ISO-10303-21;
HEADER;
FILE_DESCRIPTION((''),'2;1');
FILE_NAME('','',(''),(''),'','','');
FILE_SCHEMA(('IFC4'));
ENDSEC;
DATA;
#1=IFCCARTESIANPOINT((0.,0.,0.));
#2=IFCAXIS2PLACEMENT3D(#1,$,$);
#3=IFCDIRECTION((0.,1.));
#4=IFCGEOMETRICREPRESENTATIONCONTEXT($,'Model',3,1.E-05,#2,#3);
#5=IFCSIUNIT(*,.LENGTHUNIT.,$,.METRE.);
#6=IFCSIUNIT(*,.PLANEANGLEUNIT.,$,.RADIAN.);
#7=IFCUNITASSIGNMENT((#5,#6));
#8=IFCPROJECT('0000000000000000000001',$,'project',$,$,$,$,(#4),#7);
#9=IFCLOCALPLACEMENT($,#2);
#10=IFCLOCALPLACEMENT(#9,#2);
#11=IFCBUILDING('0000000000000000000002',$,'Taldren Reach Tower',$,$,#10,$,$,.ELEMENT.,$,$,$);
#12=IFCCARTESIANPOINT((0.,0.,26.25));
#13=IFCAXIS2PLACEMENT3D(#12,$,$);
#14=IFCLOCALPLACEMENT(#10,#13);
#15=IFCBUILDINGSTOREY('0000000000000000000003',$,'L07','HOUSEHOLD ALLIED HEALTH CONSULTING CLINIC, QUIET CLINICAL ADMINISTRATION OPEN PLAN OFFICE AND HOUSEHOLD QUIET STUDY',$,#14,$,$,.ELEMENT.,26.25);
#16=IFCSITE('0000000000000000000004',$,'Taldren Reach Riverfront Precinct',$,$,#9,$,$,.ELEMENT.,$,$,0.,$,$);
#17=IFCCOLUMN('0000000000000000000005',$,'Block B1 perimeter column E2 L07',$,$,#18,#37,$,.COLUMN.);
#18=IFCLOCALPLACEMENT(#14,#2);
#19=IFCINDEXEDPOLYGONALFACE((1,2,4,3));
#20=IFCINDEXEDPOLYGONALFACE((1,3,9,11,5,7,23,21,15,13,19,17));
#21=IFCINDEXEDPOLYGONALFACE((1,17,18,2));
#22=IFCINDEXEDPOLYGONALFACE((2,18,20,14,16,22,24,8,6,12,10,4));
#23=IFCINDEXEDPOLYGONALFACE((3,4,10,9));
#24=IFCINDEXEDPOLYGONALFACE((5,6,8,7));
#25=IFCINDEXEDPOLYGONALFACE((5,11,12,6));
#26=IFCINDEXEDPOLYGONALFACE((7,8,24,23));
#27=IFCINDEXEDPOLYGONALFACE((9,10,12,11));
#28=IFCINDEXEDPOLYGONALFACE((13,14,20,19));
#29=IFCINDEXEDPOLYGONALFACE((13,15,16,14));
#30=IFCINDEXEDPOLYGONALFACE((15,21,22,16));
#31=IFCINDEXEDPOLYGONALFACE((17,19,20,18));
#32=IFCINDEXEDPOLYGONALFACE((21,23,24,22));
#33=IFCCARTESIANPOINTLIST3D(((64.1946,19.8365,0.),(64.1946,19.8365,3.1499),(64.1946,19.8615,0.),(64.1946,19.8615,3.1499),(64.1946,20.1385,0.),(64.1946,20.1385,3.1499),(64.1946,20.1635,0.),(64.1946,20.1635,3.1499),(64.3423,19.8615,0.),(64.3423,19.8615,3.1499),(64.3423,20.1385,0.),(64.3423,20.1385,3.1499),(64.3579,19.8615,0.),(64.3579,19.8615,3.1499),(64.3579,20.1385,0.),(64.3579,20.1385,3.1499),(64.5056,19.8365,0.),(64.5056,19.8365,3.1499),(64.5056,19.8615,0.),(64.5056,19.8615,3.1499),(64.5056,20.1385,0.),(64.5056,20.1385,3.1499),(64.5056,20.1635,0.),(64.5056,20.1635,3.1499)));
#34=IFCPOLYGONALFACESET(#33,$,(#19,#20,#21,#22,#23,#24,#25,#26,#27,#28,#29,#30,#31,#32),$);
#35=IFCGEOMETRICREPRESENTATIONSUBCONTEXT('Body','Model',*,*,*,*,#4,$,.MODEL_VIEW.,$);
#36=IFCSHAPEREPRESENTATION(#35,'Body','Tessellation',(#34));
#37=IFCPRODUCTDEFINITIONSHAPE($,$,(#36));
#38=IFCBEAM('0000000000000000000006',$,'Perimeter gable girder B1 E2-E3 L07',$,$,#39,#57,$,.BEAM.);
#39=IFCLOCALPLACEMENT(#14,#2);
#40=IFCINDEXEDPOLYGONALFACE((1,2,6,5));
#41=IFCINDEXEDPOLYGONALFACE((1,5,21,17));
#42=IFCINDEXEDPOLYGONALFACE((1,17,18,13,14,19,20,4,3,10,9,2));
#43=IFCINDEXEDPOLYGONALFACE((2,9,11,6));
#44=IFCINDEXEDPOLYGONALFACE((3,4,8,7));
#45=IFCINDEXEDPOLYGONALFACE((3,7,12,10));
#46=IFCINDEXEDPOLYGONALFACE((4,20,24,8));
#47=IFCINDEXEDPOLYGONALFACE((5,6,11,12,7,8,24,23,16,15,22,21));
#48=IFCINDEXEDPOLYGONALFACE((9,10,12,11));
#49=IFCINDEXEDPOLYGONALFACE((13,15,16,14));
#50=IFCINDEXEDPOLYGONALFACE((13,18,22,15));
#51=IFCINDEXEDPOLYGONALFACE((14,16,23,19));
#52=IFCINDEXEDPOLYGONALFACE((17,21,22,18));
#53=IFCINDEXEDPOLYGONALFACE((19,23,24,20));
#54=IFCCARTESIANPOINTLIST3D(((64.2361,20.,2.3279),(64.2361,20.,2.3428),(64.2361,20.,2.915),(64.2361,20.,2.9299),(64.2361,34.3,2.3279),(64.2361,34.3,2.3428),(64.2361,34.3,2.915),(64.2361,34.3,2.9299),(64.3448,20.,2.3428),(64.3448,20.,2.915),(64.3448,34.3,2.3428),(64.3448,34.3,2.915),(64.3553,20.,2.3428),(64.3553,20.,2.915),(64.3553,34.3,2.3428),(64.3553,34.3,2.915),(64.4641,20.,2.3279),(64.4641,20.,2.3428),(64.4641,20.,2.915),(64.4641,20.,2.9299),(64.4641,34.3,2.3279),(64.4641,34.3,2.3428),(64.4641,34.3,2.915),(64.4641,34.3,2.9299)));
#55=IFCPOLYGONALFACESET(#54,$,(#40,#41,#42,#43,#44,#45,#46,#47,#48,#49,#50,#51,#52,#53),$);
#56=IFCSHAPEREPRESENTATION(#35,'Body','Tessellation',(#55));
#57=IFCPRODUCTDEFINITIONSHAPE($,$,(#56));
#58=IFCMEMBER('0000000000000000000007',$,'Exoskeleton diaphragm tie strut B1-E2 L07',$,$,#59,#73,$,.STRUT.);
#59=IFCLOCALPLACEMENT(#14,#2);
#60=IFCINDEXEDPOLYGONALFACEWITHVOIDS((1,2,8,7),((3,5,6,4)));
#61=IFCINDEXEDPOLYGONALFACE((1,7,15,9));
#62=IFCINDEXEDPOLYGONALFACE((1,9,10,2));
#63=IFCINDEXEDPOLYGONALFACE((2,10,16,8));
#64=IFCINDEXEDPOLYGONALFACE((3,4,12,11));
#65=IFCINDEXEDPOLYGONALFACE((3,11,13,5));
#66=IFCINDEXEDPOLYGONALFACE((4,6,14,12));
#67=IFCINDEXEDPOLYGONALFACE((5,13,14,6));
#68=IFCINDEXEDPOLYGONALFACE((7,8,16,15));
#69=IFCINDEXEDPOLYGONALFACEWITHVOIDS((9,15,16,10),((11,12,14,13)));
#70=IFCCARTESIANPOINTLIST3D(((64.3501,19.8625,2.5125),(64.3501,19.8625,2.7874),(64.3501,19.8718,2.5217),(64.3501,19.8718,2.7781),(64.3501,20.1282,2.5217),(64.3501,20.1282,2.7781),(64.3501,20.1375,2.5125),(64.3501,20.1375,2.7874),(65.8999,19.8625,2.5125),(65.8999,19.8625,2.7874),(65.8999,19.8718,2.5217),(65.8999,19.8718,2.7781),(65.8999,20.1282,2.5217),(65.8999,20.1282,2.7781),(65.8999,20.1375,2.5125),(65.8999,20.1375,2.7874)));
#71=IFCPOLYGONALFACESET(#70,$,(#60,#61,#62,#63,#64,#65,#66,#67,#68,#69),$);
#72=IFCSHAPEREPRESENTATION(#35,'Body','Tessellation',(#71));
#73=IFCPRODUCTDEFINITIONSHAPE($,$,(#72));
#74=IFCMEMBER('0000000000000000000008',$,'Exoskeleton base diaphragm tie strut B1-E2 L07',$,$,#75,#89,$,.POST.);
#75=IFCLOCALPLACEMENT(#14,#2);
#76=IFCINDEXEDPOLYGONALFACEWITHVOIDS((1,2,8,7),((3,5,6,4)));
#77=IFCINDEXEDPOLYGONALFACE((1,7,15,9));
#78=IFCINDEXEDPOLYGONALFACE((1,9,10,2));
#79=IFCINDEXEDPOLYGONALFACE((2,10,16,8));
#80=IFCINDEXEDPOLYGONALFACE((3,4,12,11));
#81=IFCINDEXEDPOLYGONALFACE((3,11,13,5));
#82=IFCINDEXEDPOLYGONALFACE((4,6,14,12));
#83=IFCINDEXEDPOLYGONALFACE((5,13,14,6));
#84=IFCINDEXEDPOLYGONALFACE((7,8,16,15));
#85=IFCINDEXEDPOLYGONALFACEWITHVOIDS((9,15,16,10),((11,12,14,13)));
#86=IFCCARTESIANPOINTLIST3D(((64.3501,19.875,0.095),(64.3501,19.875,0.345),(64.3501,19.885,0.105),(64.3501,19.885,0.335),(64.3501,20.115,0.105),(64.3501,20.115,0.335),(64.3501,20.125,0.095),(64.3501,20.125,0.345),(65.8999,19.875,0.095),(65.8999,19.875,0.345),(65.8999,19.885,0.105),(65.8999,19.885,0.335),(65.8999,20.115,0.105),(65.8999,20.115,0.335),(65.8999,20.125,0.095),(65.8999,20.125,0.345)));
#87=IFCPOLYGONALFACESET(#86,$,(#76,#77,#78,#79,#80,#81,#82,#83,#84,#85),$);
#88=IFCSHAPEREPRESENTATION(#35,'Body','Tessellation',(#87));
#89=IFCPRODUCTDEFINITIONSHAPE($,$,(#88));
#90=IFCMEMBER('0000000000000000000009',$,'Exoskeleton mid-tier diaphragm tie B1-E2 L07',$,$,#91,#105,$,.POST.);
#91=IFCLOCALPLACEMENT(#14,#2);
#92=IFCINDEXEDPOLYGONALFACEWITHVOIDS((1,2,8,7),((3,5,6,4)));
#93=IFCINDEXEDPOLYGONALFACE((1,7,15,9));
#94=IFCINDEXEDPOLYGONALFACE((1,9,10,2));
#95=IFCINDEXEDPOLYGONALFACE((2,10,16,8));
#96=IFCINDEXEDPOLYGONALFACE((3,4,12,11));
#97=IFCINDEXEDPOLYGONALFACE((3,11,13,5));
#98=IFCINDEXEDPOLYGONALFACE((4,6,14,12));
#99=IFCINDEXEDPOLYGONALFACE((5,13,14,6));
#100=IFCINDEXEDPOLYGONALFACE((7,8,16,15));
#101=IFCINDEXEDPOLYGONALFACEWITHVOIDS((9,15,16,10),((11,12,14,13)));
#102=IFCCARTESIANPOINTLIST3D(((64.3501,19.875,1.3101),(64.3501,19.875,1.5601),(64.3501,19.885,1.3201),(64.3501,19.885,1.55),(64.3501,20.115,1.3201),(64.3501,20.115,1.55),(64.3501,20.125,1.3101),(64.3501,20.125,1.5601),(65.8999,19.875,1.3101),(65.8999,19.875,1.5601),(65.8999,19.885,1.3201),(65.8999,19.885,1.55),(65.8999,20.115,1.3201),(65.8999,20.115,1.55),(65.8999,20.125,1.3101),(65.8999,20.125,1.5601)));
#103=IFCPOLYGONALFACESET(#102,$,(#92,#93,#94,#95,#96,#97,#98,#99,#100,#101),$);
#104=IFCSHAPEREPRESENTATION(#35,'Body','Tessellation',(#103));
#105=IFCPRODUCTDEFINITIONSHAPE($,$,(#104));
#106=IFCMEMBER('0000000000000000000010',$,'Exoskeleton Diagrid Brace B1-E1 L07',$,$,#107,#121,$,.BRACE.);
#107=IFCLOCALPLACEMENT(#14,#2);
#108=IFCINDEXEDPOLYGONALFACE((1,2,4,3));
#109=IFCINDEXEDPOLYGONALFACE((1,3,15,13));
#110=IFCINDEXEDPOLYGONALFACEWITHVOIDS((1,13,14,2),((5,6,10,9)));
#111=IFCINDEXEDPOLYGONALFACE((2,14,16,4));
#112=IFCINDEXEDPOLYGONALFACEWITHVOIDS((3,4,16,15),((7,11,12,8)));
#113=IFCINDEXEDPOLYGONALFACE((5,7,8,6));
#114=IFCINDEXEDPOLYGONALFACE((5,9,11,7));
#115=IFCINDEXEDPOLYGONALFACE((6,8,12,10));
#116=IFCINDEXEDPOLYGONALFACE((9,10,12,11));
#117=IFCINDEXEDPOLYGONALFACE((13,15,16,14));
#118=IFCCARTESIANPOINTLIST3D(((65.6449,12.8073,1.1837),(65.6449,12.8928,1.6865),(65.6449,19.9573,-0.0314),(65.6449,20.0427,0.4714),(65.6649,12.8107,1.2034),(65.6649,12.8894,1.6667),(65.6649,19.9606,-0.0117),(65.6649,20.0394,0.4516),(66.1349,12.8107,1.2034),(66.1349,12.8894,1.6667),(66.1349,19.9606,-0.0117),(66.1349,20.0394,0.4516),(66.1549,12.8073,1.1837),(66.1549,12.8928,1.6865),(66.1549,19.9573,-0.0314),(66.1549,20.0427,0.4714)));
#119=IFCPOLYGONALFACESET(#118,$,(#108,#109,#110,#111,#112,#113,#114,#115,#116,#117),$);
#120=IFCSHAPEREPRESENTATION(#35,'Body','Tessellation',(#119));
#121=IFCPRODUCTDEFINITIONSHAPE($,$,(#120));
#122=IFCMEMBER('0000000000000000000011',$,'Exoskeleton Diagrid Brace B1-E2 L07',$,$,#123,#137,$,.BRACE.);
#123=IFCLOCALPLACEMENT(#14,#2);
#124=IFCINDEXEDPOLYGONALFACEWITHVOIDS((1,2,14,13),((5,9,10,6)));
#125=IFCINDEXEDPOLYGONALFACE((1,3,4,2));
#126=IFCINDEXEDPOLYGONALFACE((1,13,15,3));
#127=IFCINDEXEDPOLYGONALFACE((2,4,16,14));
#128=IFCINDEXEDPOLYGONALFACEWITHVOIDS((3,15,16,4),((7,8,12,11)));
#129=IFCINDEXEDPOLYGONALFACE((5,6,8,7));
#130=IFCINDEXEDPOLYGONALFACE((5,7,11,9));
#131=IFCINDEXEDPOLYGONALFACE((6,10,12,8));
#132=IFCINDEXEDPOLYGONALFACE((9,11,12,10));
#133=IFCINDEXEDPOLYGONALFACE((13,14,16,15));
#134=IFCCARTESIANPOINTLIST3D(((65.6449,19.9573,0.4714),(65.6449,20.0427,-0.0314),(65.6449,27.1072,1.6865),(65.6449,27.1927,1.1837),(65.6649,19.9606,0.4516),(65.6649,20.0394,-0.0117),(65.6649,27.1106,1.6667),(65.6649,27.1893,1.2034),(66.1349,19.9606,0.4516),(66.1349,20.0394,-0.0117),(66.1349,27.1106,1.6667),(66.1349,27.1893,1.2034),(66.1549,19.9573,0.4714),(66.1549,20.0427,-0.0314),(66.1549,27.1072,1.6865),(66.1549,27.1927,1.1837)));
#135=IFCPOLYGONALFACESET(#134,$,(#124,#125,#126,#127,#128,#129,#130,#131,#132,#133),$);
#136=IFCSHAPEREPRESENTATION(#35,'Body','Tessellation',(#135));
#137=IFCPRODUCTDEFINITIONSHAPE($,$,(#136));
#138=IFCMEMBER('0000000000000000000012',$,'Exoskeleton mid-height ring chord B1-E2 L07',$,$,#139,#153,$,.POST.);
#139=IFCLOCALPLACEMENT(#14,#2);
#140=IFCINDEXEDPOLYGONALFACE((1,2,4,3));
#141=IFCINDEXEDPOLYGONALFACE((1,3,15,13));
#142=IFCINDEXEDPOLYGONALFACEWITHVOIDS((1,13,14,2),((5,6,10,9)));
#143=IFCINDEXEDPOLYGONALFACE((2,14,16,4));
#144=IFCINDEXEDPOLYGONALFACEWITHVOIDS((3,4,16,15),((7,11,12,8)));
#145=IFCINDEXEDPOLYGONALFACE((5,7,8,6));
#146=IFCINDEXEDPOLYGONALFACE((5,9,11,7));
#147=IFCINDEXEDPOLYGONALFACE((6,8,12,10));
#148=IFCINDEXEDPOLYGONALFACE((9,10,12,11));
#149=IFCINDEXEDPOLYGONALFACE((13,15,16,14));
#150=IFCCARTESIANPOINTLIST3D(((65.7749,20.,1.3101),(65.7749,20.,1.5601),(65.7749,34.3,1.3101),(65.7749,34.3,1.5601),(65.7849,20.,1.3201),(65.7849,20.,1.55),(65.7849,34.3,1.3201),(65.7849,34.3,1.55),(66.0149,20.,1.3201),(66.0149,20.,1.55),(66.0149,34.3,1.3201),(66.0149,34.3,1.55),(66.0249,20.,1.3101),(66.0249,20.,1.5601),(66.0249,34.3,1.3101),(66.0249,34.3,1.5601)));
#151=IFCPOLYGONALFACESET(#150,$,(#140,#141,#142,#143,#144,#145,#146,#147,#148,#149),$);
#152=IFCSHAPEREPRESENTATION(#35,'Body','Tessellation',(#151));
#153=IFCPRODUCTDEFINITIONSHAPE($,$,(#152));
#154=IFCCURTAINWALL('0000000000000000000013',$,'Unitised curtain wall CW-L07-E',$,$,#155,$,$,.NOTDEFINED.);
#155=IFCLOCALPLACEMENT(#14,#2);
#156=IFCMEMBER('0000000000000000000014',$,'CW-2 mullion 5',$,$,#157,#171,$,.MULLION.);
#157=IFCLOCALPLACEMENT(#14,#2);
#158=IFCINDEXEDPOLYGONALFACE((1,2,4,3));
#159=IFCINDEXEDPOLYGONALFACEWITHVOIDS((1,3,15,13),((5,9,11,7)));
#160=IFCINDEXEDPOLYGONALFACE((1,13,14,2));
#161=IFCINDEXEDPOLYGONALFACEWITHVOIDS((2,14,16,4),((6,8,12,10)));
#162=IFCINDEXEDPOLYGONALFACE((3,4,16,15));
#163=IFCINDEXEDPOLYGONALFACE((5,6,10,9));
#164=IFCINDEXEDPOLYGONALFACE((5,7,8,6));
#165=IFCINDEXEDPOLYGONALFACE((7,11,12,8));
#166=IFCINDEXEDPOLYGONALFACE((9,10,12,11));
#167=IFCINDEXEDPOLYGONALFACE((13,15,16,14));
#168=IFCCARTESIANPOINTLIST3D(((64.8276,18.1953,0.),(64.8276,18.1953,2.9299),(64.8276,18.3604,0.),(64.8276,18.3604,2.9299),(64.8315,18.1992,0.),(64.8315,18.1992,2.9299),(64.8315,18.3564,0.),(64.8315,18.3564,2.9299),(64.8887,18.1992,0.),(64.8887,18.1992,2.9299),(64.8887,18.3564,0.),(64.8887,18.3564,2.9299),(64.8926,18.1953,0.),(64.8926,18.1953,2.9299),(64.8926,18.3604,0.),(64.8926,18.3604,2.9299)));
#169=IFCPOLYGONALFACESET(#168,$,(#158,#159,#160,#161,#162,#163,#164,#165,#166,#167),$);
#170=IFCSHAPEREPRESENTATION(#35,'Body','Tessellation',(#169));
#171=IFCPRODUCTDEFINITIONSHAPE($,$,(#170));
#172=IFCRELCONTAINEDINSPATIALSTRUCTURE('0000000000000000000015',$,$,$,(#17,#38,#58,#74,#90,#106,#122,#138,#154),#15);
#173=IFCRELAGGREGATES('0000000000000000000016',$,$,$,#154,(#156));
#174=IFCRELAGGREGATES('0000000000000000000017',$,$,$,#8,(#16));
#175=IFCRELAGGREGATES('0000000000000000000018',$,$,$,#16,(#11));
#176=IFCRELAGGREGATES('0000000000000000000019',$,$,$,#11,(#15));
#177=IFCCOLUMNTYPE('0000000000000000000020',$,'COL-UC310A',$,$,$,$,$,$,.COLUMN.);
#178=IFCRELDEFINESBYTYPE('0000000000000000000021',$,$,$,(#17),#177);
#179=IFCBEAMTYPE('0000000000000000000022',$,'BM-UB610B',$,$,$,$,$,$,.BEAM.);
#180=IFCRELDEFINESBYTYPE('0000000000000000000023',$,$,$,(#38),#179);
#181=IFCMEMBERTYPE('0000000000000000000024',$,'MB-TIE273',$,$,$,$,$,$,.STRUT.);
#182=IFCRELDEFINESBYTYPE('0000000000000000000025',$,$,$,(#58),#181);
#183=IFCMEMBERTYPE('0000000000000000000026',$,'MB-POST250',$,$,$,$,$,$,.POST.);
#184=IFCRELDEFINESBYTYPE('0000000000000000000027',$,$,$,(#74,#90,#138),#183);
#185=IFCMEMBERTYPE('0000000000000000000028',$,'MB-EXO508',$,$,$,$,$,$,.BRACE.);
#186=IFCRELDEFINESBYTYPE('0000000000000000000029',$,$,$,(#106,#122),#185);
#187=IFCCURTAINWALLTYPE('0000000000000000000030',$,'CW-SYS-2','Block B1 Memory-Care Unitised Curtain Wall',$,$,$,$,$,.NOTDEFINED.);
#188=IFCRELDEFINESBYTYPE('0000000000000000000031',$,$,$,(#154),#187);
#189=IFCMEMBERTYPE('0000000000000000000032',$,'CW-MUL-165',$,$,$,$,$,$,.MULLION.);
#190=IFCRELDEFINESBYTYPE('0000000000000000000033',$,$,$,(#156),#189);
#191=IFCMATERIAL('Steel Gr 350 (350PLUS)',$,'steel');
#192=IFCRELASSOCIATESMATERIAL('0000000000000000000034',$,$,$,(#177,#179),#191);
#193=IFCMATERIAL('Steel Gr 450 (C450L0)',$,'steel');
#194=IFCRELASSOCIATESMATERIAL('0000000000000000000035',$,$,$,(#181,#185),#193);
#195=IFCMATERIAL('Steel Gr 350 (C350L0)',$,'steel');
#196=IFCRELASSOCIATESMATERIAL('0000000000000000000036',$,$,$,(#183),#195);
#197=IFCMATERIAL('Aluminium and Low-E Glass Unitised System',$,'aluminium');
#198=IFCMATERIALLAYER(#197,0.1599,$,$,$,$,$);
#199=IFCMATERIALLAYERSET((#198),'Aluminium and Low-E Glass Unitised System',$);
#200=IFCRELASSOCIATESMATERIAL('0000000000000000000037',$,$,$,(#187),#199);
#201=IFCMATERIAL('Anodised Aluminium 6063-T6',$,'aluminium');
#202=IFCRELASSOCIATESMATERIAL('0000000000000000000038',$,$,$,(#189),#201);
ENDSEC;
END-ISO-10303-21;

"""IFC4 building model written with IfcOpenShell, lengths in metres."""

from ifc_helpers import new_model, si_unit, direction, frame, origin, origin_2d, place, context, subcontext, project, spatial, hollow_rectangle, i_section, extrude, source, transform, mapped, material, layer, layer_set, material_profile, profile_set, type_object, element, aggregate, save


model = new_model("IFC4")

# Units and contexts
model_context = context("Model", 3, precision=1e-05, world=origin(), true_north=direction((0.0, 1.0)))
body_context = subcontext(model_context, "Body", "Model", "MODEL_VIEW")
ifc_project = project(units=[si_unit("LENGTHUNIT", "METRE"), si_unit("PLANEANGLEUNIT", "RADIAN")], contexts=[model_context])

# Site, building, storey
site_placement = place(None, origin())
site = spatial("IfcSite", under=ifc_project, at=site_placement, Name="Taldren Reach Riverfront Precinct", CompositionType="ELEMENT", RefElevation=0.0)
building_placement = place(site_placement, origin())
building = spatial("IfcBuilding", under=site, at=building_placement, Name="Taldren Reach Tower", CompositionType="ELEMENT")
storey_placement = place(building_placement, frame((0.0, 0.0, 26.25)))
storey = spatial("IfcBuildingStorey", under=building, at=storey_placement, Name="L07", Description="HOUSEHOLD ALLIED HEALTH CONSULTING CLINIC, QUIET CLINICAL ADMINISTRATION OPEN PLAN OFFICE AND HOUSEHOLD QUIET STUDY", CompositionType="ELEMENT", Elevation=26.25)

# Column
ifc_material_1 = material(Name="Steel Gr 350 (350PLUS)", Category="steel")
ifc_material_profile_1 = material_profile(ifc_material_1, i_section(OverallWidth=0.311, OverallDepth=0.3269, WebThickness=0.0156, FlangeThickness=0.0249, at=origin_2d()), Name="310UC158")
ifc_profile_set_1 = profile_set([ifc_material_profile_1], Name="Steel Gr 350 (350PLUS)")
column_type = type_object("IfcColumnType", Name="COL-UC310A", PredefinedType="COLUMN", material=ifc_profile_set_1)
shared_shape_1 = source(origin(), body_context, "Body", "SweptSolid", [
    extrude(i_section(OverallWidth=0.311, OverallDepth=0.3269, WebThickness=0.0156, FlangeThickness=0.0249, at=origin_2d()), origin(), (0.0, 0.0, 1.0), 3.1499),
])
column_placement = place(storey_placement, frame((64.3501, 20.0, 0.0), z_axis=(0.0, 0.0, 1.0), x_axis=(1.0, 0.0, 0.0)))
element("IfcColumn", 1, at=column_placement, inside=storey, type_object=column_type, Name="Block B1 perimeter column E2 L07", PredefinedType="COLUMN", context=body_context, shape_type="MappedRepresentation", body=[
    mapped(shared_shape_1, transform((0.0, 0.0, 0.0), scale=1.0)),
])

# Beam
ifc_material_profile_2 = material_profile(ifc_material_1, i_section(OverallWidth=0.228, OverallDepth=0.6021, WebThickness=0.0105, FlangeThickness=0.0149, at=origin_2d()), Name="610UB101")
ifc_profile_set_2 = profile_set([ifc_material_profile_2], Name="Steel Gr 350 (350PLUS)")
beam_type = type_object("IfcBeamType", Name="BM-UB610B", PredefinedType="BEAM", material=ifc_profile_set_2)
shared_shape_2 = source(origin(), body_context, "Body", "SweptSolid", [
    extrude(i_section(OverallWidth=0.228, OverallDepth=0.6021, WebThickness=0.0105, FlangeThickness=0.0149, at=origin_2d()), origin(), (0.0, 0.0, 1.0), 14.3),
])
beam_placement = place(storey_placement, frame((64.3501, 20.0, 2.6289), z_axis=(0.0, 1.0, 0.0), x_axis=(-1.0, 0.0, 0.0)))
element("IfcBeam", 2, at=beam_placement, inside=storey, type_object=beam_type, Name="Perimeter gable girder B1 E2-E3 L07", PredefinedType="BEAM", context=body_context, shape_type="MappedRepresentation", body=[
    mapped(shared_shape_2, transform((0.0, 0.0, 0.0), scale=1.0)),
])

# Members
ifc_material_2 = material(Name="Steel Gr 450 (C450L0)", Category="steel")
ifc_material_profile_3 = material_profile(ifc_material_2, hollow_rectangle(XDim=0.2749, YDim=0.2749, WallThickness=0.0093, at=origin_2d()), Name="275x275x9.3SHS")
ifc_profile_set_3 = profile_set([ifc_material_profile_3], Name="Steel Gr 450 (C450L0)")
member_type_1 = type_object("IfcMemberType", Name="MB-TIE273", PredefinedType="STRUT", material=ifc_profile_set_3)
shared_shape_3 = source(origin(), body_context, "Body", "SweptSolid", [
    extrude(hollow_rectangle(XDim=0.2749, YDim=0.2749, WallThickness=0.0093, at=origin_2d()), origin(), (0.0, 0.0, 1.0), 1.5498),
])
member_1_placement = place(storey_placement, frame((64.3501, 20.0, 2.6499), z_axis=(1.0, 0.0, 0.0), x_axis=(0.0, 1.0, 0.0)))
element("IfcMember", 3, at=member_1_placement, inside=storey, type_object=member_type_1, Name="Exoskeleton diaphragm tie strut B1-E2 L07", PredefinedType="STRUT", context=body_context, shape_type="MappedRepresentation", body=[
    mapped(shared_shape_3, transform((0.0, 0.0, 0.0), scale=1.0)),
])
ifc_material_3 = material(Name="Steel Gr 350 (C350L0)", Category="steel")
ifc_material_profile_4 = material_profile(ifc_material_3, hollow_rectangle(XDim=0.25, YDim=0.25, WallThickness=0.01, at=origin_2d()), Name="250x250x10.0SHS")
ifc_profile_set_4 = profile_set([ifc_material_profile_4], Name="Steel Gr 350 (C350L0)")
member_type_2 = type_object("IfcMemberType", Name="MB-POST250", PredefinedType="POST", material=ifc_profile_set_4)
shared_shape_4 = source(origin(), body_context, "Body", "SweptSolid", [
    extrude(hollow_rectangle(XDim=0.25, YDim=0.25, WallThickness=0.01, at=origin_2d()), origin(), (0.0, 0.0, 1.0), 1.5498),
])
for number, where, z_axis, x_axis, name in (
    (4, (64.3501, 20.0, 0.22), (1.0, 0.0, 0.0), (0.0, 1.0, 0.0), "Exoskeleton base diaphragm tie strut B1-E2 L07"),
    (5, (64.3501, 20.0, 1.4351), (1.0, 0.0, 0.0), (0.0, 1.0, 0.0), "Exoskeleton mid-tier diaphragm tie B1-E2 L07"),
):
    element("IfcMember", number, at=place(storey_placement, frame(where, z_axis=z_axis, x_axis=x_axis)), inside=storey, type_object=member_type_2, Name=name, PredefinedType="POST", context=body_context, shape_type="MappedRepresentation", body=[
        mapped(shared_shape_4, transform((0.0, 0.0, 0.0), scale=1.0)),
    ])
ifc_material_profile_5 = material_profile(ifc_material_2, hollow_rectangle(XDim=0.51, YDim=0.51, WallThickness=0.02, at=origin_2d()), Name="510x510x20.0SHS")
ifc_profile_set_5 = profile_set([ifc_material_profile_5], Name="Steel Gr 450 (C450L0)")
member_type_3 = type_object("IfcMemberType", Name="MB-EXO508", PredefinedType="BRACE", material=ifc_profile_set_5)
shared_shape_5 = source(origin(), body_context, "Body", "SweptSolid", [
    extrude(hollow_rectangle(XDim=0.51, YDim=0.51, WallThickness=0.02, at=origin_2d()), origin(), (0.0, 0.0, 1.0), 7.2524),
])
for number, where, z_axis, x_axis, name in (
    (6, (65.8999, 20.0, 0.22), (0.0, -0.985865, 0.167542), (1.0, 0.0, 0.0), "Exoskeleton Diagrid Brace B1-E1 L07"),
    (7, (65.8999, 20.0, 0.22), (0.0, 0.985865, 0.167542), (-1.0, 0.0, 0.0), "Exoskeleton Diagrid Brace B1-E2 L07"),
):
    element("IfcMember", number, at=place(storey_placement, frame(where, z_axis=z_axis, x_axis=x_axis)), inside=storey, type_object=member_type_3, Name=name, PredefinedType="BRACE", context=body_context, shape_type="MappedRepresentation", body=[
        mapped(shared_shape_5, transform((0.0, 0.0, 0.0), scale=1.0)),
    ])
shared_shape_6 = source(origin(), body_context, "Body", "SweptSolid", [
    extrude(hollow_rectangle(XDim=0.25, YDim=0.25, WallThickness=0.01, at=origin_2d()), origin(), (0.0, 0.0, 1.0), 14.3),
])
member_2_placement = place(storey_placement, frame((65.8999, 20.0, 1.4351), z_axis=(0.0, 1.0, 0.0), x_axis=(-1.0, 0.0, 0.0)))
element("IfcMember", 8, at=member_2_placement, inside=storey, type_object=member_type_2, Name="Exoskeleton mid-height ring chord B1-E2 L07", PredefinedType="POST", context=body_context, shape_type="MappedRepresentation", body=[
    mapped(shared_shape_6, transform((0.0, 0.0, 0.0), scale=1.0)),
])

# Curtain wall, member
ifc_material_4 = material(Name="Aluminium and Low-E Glass Unitised System", Category="aluminium")
ifc_layer_1 = layer(ifc_material_4, 0.1599)
ifc_layer_set_1 = layer_set([ifc_layer_1], Name="Aluminium and Low-E Glass Unitised System")
curtain_wall_type = type_object("IfcCurtainWallType", Name="CW-SYS-2", Description="Block B1 Memory-Care Unitised Curtain Wall", PredefinedType="NOTDEFINED", material=ifc_layer_set_1)
curtain_wall_placement = place(storey_placement, origin())
curtain_wall = element("IfcCurtainWall", 9, at=curtain_wall_placement, inside=storey, type_object=curtain_wall_type, Name="Unitised curtain wall CW-L07-E", PredefinedType="NOTDEFINED")
ifc_material_5 = material(Name="Anodised Aluminium 6063-T6", Category="aluminium")
ifc_material_profile_6 = material_profile(ifc_material_5, hollow_rectangle(XDim=0.0649, YDim=0.165, WallThickness=0.0039, at=origin_2d()), Name="ALU-165x65x4RHS")
ifc_profile_set_6 = profile_set([ifc_material_profile_6], Name="Anodised Aluminium 6063-T6")
member_type_4 = type_object("IfcMemberType", Name="CW-MUL-165", PredefinedType="MULLION", material=ifc_profile_set_6)
shared_shape_7 = source(origin(), body_context, "Body", "SweptSolid", [
    extrude(hollow_rectangle(XDim=0.0649, YDim=0.165, WallThickness=0.0039, at=origin_2d()), origin(), (0.0, 0.0, 1.0), 2.9299),
])
member_3_placement = place(storey_placement, frame((64.8601, 18.2778, 0.0), z_axis=(0.0, 0.0, 1.0), x_axis=(-1.0, 0.0, 0.0)))
member_3 = element("IfcMember", 10, at=member_3_placement, type_object=member_type_4, Name="CW-2 mullion 5", PredefinedType="MULLION", context=body_context, shape_type="MappedRepresentation", body=[
    mapped(shared_shape_7, transform((0.0, 0.0, 0.0), scale=1.0)),
])

aggregate(curtain_wall, [member_3])

save(model, "model.ifc")
